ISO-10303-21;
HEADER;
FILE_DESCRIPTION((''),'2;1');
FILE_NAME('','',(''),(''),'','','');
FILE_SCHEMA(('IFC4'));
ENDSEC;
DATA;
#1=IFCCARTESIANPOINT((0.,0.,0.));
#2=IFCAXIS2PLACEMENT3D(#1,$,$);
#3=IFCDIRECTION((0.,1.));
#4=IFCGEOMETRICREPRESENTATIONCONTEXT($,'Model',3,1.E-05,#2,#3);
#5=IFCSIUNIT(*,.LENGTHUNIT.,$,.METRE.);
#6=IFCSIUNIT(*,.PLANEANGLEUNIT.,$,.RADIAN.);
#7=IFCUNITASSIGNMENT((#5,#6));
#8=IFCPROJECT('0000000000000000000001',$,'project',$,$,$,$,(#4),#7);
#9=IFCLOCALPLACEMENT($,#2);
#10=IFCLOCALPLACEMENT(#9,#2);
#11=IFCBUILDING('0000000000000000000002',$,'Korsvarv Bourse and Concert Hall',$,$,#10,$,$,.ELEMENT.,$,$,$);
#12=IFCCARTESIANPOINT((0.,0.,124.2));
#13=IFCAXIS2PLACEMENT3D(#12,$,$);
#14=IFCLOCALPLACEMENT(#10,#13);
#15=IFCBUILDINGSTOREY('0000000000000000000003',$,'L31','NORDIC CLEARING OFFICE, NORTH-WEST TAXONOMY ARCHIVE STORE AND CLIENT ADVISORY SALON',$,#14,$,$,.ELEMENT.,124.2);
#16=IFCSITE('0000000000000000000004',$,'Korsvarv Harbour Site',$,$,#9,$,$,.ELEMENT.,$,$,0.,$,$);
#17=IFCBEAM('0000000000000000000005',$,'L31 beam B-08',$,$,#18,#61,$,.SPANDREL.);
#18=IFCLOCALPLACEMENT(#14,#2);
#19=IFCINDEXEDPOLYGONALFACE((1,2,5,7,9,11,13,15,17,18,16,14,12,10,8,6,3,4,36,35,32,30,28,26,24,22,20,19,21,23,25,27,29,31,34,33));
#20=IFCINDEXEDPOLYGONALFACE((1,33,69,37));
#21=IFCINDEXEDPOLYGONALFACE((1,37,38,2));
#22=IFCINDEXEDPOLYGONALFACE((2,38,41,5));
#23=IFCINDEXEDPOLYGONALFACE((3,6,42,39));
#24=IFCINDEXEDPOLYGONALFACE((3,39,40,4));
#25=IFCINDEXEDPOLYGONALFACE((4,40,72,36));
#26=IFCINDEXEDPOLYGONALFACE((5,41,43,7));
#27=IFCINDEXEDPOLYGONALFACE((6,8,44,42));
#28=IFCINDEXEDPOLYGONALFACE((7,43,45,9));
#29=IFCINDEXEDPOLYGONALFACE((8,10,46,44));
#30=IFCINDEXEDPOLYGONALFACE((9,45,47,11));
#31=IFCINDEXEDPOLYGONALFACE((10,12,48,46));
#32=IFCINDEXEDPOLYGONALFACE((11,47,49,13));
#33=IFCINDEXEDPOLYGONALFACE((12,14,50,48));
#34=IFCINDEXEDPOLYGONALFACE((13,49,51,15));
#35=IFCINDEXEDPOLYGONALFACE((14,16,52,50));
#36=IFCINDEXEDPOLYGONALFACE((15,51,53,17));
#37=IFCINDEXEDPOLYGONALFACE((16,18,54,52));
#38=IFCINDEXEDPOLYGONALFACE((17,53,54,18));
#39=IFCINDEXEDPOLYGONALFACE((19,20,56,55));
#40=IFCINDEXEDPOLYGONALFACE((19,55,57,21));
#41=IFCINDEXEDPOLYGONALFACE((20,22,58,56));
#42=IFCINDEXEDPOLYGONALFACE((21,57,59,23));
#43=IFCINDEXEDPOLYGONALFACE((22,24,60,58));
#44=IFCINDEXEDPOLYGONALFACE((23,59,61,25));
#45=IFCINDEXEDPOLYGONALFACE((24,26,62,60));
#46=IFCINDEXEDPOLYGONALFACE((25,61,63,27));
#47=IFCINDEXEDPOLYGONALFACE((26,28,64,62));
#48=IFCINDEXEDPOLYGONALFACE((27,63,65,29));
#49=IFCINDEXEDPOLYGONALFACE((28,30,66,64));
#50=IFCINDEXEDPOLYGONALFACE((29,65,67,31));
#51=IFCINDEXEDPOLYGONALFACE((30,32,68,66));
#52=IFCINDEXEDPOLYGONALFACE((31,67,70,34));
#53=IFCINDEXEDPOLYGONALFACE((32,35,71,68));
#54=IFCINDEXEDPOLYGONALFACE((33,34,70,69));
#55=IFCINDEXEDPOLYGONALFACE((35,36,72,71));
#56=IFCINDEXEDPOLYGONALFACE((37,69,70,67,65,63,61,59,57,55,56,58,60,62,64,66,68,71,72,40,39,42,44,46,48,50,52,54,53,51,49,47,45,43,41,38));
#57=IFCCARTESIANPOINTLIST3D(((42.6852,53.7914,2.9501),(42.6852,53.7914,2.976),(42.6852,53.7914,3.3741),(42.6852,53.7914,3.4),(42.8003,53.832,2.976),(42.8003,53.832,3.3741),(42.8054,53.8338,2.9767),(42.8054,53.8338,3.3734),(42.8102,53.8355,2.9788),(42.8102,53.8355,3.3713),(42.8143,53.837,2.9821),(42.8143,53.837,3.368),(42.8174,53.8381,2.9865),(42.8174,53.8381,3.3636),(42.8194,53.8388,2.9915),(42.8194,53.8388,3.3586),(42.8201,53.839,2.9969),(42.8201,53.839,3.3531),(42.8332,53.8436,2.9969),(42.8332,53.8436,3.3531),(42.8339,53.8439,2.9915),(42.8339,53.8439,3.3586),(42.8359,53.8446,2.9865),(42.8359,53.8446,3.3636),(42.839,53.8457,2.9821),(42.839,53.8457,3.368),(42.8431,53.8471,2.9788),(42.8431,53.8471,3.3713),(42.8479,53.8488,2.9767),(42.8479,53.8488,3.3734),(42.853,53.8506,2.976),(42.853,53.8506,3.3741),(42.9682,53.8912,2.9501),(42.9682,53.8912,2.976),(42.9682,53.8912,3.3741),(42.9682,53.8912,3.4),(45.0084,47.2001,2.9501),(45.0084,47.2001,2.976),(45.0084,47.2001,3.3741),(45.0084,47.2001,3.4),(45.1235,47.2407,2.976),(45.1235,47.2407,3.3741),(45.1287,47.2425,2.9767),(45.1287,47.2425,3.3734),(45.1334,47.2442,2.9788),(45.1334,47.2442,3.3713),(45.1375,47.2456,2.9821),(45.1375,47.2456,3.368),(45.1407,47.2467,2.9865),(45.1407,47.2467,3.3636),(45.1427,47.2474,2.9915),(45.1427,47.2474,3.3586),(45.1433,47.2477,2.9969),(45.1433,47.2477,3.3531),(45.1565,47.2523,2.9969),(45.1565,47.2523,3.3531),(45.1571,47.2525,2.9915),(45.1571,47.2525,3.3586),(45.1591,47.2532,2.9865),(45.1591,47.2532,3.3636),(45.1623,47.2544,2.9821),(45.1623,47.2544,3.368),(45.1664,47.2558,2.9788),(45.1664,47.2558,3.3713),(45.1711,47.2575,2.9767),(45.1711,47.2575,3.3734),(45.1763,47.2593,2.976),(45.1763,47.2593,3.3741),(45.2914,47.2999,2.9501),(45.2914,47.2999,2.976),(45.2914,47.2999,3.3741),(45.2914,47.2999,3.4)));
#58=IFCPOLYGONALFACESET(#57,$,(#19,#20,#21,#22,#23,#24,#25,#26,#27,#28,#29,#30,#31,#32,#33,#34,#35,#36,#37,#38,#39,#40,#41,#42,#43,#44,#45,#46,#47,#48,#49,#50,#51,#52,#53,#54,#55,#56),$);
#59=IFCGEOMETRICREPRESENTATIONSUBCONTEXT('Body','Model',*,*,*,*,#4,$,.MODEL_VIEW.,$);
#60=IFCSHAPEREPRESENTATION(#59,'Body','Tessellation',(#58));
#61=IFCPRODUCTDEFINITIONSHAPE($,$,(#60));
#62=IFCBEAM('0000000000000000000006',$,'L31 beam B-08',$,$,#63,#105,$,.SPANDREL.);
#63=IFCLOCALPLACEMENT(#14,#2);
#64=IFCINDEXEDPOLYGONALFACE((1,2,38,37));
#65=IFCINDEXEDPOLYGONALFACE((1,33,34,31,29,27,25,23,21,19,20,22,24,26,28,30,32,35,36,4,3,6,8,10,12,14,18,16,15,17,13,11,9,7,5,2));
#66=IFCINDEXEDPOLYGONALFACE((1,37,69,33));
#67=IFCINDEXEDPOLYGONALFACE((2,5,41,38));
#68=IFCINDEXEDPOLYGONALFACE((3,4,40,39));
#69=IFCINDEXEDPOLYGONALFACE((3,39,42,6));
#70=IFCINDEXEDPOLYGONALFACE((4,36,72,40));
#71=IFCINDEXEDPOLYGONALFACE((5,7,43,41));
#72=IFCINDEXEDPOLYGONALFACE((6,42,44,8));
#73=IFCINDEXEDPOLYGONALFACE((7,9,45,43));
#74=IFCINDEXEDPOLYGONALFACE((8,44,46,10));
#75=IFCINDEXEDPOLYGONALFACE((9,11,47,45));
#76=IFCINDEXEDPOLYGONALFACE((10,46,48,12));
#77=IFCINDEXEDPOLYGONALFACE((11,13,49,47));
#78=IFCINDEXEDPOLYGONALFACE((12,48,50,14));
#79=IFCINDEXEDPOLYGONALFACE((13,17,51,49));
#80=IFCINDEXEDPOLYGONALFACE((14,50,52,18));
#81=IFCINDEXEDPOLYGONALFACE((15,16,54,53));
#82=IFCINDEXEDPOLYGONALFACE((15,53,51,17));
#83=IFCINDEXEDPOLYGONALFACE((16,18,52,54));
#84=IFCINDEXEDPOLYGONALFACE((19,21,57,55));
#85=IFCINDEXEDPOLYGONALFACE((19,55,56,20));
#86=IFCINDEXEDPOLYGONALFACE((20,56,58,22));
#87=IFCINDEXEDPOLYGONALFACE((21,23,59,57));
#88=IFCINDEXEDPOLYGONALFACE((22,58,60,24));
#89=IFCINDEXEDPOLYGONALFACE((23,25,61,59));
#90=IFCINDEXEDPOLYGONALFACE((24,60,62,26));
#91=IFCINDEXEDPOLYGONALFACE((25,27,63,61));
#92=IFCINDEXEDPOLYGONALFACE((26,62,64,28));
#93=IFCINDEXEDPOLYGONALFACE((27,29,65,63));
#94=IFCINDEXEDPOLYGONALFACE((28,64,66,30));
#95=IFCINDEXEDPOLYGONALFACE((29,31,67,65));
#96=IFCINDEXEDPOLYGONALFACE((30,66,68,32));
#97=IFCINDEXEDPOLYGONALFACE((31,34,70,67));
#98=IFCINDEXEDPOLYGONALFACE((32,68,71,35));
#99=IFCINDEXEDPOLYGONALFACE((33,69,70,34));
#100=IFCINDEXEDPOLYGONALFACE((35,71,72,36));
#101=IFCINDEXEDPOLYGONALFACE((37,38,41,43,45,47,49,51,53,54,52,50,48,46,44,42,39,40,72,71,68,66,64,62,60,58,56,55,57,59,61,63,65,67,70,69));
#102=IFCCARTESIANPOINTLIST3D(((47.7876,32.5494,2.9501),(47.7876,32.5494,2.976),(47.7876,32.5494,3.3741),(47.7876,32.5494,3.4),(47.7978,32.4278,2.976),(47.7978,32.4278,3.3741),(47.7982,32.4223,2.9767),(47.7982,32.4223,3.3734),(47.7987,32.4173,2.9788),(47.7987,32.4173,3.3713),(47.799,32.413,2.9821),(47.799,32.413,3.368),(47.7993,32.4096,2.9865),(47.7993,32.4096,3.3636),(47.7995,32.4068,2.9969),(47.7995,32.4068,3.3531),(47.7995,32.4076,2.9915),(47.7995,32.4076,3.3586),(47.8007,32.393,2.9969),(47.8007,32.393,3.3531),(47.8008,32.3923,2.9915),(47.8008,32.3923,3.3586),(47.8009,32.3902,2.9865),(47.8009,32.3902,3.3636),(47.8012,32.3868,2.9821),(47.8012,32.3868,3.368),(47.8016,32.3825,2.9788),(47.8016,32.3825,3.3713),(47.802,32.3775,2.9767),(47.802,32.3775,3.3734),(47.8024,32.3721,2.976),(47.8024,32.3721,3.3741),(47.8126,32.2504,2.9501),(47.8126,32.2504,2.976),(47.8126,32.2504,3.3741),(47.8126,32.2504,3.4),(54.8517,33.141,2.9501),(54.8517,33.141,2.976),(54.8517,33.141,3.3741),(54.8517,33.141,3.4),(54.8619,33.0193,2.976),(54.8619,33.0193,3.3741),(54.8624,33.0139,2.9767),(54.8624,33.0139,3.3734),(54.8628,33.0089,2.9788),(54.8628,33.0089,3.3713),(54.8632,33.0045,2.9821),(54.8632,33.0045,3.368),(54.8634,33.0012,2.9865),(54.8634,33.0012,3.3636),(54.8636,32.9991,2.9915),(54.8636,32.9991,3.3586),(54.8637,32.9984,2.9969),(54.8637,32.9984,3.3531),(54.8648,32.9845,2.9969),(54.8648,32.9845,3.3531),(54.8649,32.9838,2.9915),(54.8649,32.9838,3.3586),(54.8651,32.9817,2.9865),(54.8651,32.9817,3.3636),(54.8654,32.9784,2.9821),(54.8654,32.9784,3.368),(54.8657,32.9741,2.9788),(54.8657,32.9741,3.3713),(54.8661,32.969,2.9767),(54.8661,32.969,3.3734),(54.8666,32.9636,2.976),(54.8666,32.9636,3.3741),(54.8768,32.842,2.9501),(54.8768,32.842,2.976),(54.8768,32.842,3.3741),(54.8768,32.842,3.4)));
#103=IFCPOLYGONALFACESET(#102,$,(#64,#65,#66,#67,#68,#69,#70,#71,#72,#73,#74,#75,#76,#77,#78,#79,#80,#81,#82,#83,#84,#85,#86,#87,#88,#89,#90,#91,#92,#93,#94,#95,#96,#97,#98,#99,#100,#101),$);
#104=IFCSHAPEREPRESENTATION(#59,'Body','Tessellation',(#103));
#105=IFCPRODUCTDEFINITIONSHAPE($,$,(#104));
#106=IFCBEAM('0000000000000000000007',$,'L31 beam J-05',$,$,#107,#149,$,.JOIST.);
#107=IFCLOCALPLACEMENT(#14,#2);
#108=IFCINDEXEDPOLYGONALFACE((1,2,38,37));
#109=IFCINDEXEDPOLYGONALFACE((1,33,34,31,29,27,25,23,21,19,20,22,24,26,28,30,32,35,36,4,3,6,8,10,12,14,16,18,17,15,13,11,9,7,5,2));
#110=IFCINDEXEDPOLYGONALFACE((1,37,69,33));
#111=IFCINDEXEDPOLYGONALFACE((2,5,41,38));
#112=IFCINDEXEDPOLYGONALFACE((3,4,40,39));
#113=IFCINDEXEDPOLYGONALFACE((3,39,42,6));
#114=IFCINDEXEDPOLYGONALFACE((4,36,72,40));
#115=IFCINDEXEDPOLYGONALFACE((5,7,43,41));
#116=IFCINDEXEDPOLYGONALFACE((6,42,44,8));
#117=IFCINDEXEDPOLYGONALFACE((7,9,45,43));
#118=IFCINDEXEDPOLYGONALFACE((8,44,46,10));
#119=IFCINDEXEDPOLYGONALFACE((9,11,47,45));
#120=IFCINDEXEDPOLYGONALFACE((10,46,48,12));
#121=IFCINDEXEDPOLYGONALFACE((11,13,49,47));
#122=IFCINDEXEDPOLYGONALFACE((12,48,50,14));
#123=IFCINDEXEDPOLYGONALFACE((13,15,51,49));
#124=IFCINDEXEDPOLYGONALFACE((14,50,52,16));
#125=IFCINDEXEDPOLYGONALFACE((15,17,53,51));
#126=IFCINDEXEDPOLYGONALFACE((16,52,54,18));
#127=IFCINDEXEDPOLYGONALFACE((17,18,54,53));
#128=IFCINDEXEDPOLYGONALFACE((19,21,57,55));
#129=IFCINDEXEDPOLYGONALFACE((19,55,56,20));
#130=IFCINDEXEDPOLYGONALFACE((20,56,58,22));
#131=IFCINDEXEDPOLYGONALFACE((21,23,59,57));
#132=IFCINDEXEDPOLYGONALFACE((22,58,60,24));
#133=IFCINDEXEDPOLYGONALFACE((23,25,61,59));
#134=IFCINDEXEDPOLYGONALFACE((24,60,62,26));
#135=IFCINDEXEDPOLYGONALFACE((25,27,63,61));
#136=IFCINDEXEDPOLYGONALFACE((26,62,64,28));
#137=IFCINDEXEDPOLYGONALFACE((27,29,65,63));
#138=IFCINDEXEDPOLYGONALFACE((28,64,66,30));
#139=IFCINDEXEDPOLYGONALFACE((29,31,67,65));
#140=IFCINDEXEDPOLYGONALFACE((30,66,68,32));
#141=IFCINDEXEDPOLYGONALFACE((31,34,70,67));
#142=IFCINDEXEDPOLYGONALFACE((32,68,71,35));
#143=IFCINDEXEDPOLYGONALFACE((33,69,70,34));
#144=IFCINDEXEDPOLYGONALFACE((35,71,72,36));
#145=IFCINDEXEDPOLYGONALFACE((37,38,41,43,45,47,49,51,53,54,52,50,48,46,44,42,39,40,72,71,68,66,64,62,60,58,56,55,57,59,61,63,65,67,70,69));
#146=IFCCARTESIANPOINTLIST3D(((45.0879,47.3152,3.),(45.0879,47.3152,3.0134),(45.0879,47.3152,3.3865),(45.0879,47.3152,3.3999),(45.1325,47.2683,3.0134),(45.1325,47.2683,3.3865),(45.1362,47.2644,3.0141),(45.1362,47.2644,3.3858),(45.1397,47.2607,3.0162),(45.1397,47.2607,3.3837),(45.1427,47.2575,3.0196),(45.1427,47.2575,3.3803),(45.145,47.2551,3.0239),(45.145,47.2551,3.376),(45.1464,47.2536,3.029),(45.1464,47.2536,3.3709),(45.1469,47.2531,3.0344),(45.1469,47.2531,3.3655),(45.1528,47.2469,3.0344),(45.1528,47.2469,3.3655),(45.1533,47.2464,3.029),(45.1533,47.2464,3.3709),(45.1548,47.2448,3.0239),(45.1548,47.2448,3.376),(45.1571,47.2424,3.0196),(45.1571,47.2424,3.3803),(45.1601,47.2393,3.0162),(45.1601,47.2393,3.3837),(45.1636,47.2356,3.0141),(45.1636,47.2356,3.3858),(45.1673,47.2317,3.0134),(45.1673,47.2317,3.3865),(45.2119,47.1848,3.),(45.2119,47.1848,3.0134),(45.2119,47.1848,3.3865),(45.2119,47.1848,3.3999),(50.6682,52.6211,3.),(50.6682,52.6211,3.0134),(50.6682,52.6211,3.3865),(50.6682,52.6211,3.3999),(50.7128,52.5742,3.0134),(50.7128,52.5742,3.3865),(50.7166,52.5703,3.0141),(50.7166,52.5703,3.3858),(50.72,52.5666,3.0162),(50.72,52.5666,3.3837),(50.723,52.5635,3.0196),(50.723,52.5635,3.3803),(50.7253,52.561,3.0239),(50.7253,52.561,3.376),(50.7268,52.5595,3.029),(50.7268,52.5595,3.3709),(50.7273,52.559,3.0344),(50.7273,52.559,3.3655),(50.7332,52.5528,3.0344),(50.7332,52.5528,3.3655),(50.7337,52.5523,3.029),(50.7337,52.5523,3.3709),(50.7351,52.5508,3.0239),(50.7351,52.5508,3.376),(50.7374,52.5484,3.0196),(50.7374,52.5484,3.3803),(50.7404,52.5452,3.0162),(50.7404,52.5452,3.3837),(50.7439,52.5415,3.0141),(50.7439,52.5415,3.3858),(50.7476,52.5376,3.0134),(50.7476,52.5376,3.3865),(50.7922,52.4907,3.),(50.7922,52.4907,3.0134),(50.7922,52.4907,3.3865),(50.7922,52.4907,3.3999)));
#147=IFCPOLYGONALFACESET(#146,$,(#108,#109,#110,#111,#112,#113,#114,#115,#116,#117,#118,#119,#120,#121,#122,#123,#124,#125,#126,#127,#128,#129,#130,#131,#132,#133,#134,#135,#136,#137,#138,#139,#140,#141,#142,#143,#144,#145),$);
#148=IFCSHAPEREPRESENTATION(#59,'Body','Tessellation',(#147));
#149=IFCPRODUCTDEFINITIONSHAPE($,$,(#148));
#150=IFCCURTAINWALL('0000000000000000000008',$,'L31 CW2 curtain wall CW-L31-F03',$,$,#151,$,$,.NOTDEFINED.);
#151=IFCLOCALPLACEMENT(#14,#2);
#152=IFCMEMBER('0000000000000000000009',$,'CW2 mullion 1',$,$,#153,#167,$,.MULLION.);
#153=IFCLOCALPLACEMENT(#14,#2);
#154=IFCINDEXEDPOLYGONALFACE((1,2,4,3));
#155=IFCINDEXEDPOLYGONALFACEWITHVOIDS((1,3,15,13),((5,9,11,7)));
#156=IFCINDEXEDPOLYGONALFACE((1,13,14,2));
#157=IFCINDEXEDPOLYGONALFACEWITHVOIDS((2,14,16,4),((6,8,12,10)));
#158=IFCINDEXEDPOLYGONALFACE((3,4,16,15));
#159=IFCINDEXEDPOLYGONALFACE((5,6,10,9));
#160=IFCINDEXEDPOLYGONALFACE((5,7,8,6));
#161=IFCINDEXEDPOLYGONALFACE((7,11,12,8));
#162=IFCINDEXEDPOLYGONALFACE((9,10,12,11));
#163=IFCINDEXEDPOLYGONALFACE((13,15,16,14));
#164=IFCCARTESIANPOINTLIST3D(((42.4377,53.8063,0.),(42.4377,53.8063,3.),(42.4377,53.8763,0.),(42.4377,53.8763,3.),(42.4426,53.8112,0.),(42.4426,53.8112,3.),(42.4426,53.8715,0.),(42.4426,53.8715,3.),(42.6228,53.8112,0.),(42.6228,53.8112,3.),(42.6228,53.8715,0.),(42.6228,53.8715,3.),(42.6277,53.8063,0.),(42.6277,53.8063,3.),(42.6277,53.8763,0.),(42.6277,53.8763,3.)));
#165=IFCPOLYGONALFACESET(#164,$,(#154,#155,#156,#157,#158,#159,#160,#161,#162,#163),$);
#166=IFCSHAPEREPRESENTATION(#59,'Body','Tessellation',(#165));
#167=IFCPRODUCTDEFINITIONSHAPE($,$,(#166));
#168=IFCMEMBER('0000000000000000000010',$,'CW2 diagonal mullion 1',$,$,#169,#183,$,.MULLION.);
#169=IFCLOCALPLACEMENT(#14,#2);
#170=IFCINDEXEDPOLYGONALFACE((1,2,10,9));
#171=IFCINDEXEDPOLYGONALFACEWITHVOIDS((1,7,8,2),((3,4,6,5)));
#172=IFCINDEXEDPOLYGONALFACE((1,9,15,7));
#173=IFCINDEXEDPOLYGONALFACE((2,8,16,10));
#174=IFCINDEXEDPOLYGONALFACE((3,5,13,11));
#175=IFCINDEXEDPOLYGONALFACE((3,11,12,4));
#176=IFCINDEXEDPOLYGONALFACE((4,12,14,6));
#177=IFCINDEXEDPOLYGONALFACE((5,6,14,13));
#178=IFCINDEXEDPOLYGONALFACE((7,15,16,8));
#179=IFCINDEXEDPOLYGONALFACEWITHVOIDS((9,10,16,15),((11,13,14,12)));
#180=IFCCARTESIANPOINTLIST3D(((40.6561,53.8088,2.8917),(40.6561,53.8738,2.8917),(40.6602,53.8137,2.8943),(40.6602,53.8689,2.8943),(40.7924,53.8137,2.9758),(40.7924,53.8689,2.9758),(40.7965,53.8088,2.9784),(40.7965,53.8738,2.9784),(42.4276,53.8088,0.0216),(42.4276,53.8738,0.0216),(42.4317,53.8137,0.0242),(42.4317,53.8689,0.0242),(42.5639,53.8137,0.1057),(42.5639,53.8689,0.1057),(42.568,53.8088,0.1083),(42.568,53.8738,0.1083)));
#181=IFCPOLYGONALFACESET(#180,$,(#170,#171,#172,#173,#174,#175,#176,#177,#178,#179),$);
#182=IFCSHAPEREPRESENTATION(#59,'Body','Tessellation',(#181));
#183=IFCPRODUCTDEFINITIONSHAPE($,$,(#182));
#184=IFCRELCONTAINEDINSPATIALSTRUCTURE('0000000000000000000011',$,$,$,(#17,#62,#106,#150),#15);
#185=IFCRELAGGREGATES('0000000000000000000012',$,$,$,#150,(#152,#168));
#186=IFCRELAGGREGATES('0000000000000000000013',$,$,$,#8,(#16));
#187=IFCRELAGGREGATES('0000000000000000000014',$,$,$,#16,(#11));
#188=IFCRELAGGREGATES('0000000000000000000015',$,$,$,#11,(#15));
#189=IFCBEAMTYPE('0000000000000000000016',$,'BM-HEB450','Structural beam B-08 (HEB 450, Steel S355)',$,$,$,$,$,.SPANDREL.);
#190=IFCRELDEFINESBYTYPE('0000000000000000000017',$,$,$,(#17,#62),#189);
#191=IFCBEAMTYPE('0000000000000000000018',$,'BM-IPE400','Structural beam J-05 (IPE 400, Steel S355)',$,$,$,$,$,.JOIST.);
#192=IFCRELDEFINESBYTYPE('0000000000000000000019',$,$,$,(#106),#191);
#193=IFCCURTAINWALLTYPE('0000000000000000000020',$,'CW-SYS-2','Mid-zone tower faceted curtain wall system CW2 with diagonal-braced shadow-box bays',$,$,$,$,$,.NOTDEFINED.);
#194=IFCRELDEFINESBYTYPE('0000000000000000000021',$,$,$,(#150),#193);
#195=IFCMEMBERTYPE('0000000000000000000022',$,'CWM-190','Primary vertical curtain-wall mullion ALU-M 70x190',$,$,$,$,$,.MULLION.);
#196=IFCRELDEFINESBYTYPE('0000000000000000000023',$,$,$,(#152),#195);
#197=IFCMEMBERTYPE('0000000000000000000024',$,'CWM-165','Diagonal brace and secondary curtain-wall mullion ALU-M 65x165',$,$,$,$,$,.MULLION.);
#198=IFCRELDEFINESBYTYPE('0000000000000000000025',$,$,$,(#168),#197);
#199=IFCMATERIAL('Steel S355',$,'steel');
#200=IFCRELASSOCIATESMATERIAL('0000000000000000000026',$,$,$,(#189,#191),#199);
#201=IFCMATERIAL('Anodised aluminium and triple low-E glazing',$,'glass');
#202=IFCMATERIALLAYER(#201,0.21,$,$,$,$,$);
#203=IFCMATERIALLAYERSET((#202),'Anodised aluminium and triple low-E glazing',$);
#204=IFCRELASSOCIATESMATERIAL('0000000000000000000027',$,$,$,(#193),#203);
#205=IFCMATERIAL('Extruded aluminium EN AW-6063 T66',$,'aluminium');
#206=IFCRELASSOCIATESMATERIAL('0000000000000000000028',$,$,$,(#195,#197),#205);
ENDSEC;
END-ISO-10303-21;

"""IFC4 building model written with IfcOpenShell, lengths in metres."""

from ifc_helpers import new_model, si_unit, direction, frame, origin, origin_2d, place, context, subcontext, project, spatial, hollow_rectangle, i_section, extrude, source, transform, mapped, material, layer, layer_set, material_profile, profile_set, type_object, element, aggregate, save


model = new_model("IFC4")

# Units and contexts
model_context = context("Model", 3, precision=1e-05, world=origin(), true_north=direction((0.0, 1.0)))
body_context = subcontext(model_context, "Body", "Model", "MODEL_VIEW")
ifc_project = project(units=[si_unit("LENGTHUNIT", "METRE"), si_unit("PLANEANGLEUNIT", "RADIAN")], contexts=[model_context])

# Site, building, storey
site_placement = place(None, origin())
site = spatial("IfcSite", under=ifc_project, at=site_placement, Name="Korsvarv Harbour Site", CompositionType="ELEMENT", RefElevation=0.0)
building_placement = place(site_placement, origin())
building = spatial("IfcBuilding", under=site, at=building_placement, Name="Korsvarv Bourse and Concert Hall", CompositionType="ELEMENT")
storey_placement = place(building_placement, frame((0.0, 0.0, 124.2)))
storey = spatial("IfcBuildingStorey", under=building, at=storey_placement, Name="L31", Description="NORDIC CLEARING OFFICE, NORTH-WEST TAXONOMY ARCHIVE STORE AND CLIENT ADVISORY SALON", CompositionType="ELEMENT", Elevation=124.2)

# Beams
ifc_material_1 = material(Name="Steel S355", Category="steel")
ifc_material_profile_1 = material_profile(ifc_material_1, i_section(OverallWidth=0.3, OverallDepth=0.45, WebThickness=0.0139, FlangeThickness=0.0259, FilletRadius=0.021, at=origin_2d()), Name="HEB 450")
ifc_profile_set_1 = profile_set([ifc_material_profile_1], Name="Steel S355")
beam_type_1 = type_object("IfcBeamType", Name="BM-HEB450", Description="Structural beam B-08 (HEB 450, Steel S355)", PredefinedType="SPANDREL", material=ifc_profile_set_1)
shared_shape_1 = source(origin(), body_context, "Body", "SweptSolid", [
    extrude(i_section(OverallWidth=0.3, OverallDepth=0.45, WebThickness=0.0139, FlangeThickness=0.0259, FilletRadius=0.021, at=origin_2d()), origin(), (0.0, 0.0, 1.0), 6.9888),
])
beam_1_placement = place(storey_placement, frame((42.8267, 53.8413, 3.175), z_axis=(0.332425, -0.94313, 0.0), x_axis=(0.94313, 0.332425, 0.0)))
element("IfcBeam", 1, at=beam_1_placement, inside=storey, type_object=beam_type_1, Name="L31 beam B-08", PredefinedType="SPANDREL", context=body_context, shape_type="MappedRepresentation", body=[
    mapped(shared_shape_1, transform((0.0, 0.0, 0.0), scale=1.0)),
])
shared_shape_2 = source(origin(), body_context, "Body", "SweptSolid", [
    extrude(i_section(OverallWidth=0.3, OverallDepth=0.45, WebThickness=0.0139, FlangeThickness=0.0259, FilletRadius=0.021, at=origin_2d()), origin(), (0.0, 0.0, 1.0), 7.0889),
])
beam_2_placement = place(storey_placement, frame((54.8643, 32.9915, 3.175), z_axis=(-0.996512, -0.083447, 0.0), x_axis=(0.083447, -0.996512, 0.0)))
element("IfcBeam", 2, at=beam_2_placement, inside=storey, type_object=beam_type_1, Name="L31 beam B-08", PredefinedType="SPANDREL", context=body_context, shape_type="MappedRepresentation", body=[
    mapped(shared_shape_2, transform((0.0, 0.0, 0.0), scale=1.0)),
])
ifc_material_profile_2 = material_profile(ifc_material_1, i_section(OverallWidth=0.1799, OverallDepth=0.3999, WebThickness=0.0085, FlangeThickness=0.0134, FilletRadius=0.021, at=origin_2d()), Name="IPE 400")
ifc_profile_set_2 = profile_set([ifc_material_profile_2], Name="Steel S355")
beam_type_2 = type_object("IfcBeamType", Name="BM-IPE400", Description="Structural beam J-05 (IPE 400, Steel S355)", PredefinedType="JOIST", material=ifc_profile_set_2)
shared_shape_3 = source(origin(), body_context, "Body", "SweptSolid", [
    extrude(i_section(OverallWidth=0.1799, OverallDepth=0.3999, WebThickness=0.0085, FlangeThickness=0.0134, FilletRadius=0.021, at=origin_2d()), origin(), (0.0, 0.0, 1.0), 7.7002),
])
beam_3_placement = place(storey_placement, frame((50.7302, 52.5559, 3.2), z_axis=(-0.724701, -0.689064, 0.0), x_axis=(0.689064, -0.724701, 0.0)))
element("IfcBeam", 3, at=beam_3_placement, inside=storey, type_object=beam_type_2, Name="L31 beam J-05", PredefinedType="JOIST", context=body_context, shape_type="MappedRepresentation", body=[
    mapped(shared_shape_3, transform((0.0, 0.0, 0.0), scale=1.0)),
])

# Curtain wall, members
ifc_material_2 = material(Name="Anodised aluminium and triple low-E glazing", Category="glass")
ifc_layer_1 = layer(ifc_material_2, 0.21)
ifc_layer_set_1 = layer_set([ifc_layer_1], Name="Anodised aluminium and triple low-E glazing")
curtain_wall_type = type_object("IfcCurtainWallType", Name="CW-SYS-2", Description="Mid-zone tower faceted curtain wall system CW2 with diagonal-braced shadow-box bays", PredefinedType="NOTDEFINED", material=ifc_layer_set_1)
curtain_wall_placement = place(storey_placement, origin())
curtain_wall = element("IfcCurtainWall", 4, at=curtain_wall_placement, inside=storey, type_object=curtain_wall_type, Name="L31 CW2 curtain wall CW-L31-F03", PredefinedType="NOTDEFINED")
ifc_material_3 = material(Name="Extruded aluminium EN AW-6063 T66", Category="aluminium")
ifc_material_profile_3 = material_profile(ifc_material_3, hollow_rectangle(XDim=0.0701, YDim=0.1899, WallThickness=0.0049, at=origin_2d()), Name="ALU-M 70x190")
ifc_profile_set_3 = profile_set([ifc_material_profile_3], Name="Extruded aluminium EN AW-6063 T66")
member_type_1 = type_object("IfcMemberType", Name="CWM-190", Description="Primary vertical curtain-wall mullion ALU-M 70x190", PredefinedType="MULLION", material=ifc_profile_set_3)
shared_shape_4 = source(origin(), body_context, "Body", "SweptSolid", [
    extrude(hollow_rectangle(XDim=0.0701, YDim=0.1899, WallThickness=0.0049, at=origin_2d()), origin(), (0.0, 0.0, 1.0), 3.0),
])
member_1_placement = place(storey_placement, frame((42.5327, 53.8413, 0.0), z_axis=(0.0, 0.0, 1.0), x_axis=(0.0, -1.0, 0.0)))
member_1 = element("IfcMember", 5, at=member_1_placement, type_object=member_type_1, Name="CW2 mullion 1", PredefinedType="MULLION", context=body_context, shape_type="MappedRepresentation", body=[
    mapped(shared_shape_4, transform((0.0, 0.0, 0.0), scale=1.0)),
])
ifc_material_profile_4 = material_profile(ifc_material_3, hollow_rectangle(XDim=0.0649, YDim=0.165, WallThickness=0.0049, at=origin_2d()), Name="ALU-M 65x165")
ifc_profile_set_4 = profile_set([ifc_material_profile_4], Name="Extruded aluminium EN AW-6063 T66")
member_type_2 = type_object("IfcMemberType", Name="CWM-165", Description="Diagonal brace and secondary curtain-wall mullion ALU-M 65x165", PredefinedType="MULLION", material=ifc_profile_set_4)
shared_shape_5 = source(origin(), body_context, "Body", "SweptSolid", [
    extrude(hollow_rectangle(XDim=0.0649, YDim=0.165, WallThickness=0.0049, at=origin_2d()), origin(), (0.0, 0.0, 1.0), 3.3728),
])
member_2_placement = place(storey_placement, frame((42.4978, 53.8413, 0.0649), z_axis=(-0.525228, 0.0, 0.850962), x_axis=(0.0, -1.0, 0.0)))
member_2 = element("IfcMember", 6, at=member_2_placement, type_object=member_type_2, Name="CW2 diagonal mullion 1", PredefinedType="MULLION", context=body_context, shape_type="MappedRepresentation", body=[
    mapped(shared_shape_5, transform((0.0, 0.0, 0.0), scale=1.0)),
])
aggregate(curtain_wall, [member_1, member_2])

save(model, "model.ifc")
